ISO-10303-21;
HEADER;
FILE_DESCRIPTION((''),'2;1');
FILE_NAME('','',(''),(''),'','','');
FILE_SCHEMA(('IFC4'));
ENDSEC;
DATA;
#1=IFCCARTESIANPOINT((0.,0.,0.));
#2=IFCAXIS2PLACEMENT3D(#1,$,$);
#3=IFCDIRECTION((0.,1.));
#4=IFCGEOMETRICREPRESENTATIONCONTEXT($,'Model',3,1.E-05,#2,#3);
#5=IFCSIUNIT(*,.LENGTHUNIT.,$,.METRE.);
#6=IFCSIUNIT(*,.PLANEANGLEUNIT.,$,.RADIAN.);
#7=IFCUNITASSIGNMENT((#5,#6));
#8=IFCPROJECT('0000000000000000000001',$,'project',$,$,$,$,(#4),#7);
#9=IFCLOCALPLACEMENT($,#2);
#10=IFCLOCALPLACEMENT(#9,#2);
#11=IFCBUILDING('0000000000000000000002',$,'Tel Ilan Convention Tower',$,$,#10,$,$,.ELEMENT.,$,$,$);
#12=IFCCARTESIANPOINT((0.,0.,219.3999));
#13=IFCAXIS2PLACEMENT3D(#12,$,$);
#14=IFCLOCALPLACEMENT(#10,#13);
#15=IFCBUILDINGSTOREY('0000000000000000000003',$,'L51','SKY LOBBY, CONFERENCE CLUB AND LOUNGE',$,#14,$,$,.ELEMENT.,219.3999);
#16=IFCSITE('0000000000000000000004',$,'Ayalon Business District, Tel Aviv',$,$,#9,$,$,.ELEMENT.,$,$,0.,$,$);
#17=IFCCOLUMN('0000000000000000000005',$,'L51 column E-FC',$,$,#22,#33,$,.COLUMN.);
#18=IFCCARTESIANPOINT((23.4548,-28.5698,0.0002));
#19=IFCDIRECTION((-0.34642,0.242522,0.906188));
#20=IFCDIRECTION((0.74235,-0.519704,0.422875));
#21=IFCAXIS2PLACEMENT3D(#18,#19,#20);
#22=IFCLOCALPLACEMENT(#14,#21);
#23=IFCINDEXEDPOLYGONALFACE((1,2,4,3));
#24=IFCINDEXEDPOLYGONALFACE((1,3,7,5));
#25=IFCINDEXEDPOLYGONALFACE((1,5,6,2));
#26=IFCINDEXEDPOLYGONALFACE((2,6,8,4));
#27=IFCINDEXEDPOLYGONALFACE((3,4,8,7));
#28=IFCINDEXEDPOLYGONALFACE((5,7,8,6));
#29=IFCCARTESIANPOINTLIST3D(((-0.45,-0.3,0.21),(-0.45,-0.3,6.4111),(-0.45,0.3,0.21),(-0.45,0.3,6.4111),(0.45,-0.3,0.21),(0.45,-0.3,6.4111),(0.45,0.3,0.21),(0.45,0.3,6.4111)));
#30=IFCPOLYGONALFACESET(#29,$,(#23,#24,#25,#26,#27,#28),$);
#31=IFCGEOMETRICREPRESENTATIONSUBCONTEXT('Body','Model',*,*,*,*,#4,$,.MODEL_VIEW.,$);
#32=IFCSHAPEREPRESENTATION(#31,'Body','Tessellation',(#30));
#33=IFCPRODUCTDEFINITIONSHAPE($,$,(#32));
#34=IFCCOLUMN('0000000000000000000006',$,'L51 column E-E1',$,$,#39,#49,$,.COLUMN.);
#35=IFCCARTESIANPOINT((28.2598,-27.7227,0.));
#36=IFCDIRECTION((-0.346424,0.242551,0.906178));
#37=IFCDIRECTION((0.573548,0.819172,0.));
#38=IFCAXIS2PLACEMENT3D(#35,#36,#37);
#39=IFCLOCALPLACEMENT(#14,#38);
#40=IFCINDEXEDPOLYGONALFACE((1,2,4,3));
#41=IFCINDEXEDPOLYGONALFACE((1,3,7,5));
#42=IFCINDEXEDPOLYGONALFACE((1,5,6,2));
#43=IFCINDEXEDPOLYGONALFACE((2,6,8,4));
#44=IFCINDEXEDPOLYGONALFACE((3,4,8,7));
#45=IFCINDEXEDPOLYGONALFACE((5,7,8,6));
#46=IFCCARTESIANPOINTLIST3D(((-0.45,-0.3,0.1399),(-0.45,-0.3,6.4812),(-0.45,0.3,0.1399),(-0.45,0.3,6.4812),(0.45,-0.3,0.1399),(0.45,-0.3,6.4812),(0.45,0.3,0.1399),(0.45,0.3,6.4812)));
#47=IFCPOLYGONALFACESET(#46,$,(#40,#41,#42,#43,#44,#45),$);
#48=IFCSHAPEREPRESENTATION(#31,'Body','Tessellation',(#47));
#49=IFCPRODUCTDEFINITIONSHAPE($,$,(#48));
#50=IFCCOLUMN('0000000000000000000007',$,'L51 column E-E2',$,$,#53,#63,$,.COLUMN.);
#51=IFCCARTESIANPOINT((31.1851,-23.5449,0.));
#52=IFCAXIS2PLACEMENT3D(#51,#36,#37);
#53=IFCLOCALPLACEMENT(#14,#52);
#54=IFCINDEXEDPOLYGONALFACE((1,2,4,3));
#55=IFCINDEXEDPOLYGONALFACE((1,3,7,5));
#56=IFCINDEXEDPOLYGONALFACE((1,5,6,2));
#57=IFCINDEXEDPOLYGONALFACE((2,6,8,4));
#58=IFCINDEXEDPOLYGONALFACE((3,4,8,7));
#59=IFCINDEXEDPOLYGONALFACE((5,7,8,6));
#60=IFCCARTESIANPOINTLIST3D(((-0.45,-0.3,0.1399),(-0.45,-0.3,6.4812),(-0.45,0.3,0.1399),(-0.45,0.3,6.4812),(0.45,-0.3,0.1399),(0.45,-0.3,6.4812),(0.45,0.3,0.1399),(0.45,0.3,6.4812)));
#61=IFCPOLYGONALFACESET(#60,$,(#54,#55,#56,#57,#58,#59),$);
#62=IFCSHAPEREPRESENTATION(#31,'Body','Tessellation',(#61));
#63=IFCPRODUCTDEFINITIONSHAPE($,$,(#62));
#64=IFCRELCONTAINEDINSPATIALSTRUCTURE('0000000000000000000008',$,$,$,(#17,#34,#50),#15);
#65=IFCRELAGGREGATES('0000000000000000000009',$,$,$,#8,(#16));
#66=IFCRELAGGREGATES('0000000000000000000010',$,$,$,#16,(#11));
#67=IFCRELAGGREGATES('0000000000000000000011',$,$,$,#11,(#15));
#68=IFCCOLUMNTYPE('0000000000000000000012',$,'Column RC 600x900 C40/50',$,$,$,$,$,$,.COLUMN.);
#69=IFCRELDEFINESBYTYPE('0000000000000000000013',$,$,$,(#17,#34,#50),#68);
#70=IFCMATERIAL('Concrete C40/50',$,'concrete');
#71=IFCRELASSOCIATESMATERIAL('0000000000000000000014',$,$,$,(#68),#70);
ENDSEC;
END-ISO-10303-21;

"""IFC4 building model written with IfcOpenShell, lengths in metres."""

from ifc_helpers import new_model, si_unit, direction, frame, origin, origin_2d, place, context, subcontext, project, spatial, rectangle, extrude, clip, halfspace, material, material_profile, profile_set, type_object, element, save


model = new_model("IFC4")

# Units and contexts
model_context = context("Model", 3, precision=1e-05, world=origin(), true_north=direction((0.0, 1.0)))
body_context = subcontext(model_context, "Body", "Model", "MODEL_VIEW")
ifc_project = project(units=[si_unit("LENGTHUNIT", "METRE"), si_unit("PLANEANGLEUNIT", "RADIAN")], contexts=[model_context])

# Site, building, storey
site_placement = place(None, origin())
site = spatial("IfcSite", under=ifc_project, at=site_placement, Name="Ayalon Business District, Tel Aviv", CompositionType="ELEMENT", RefElevation=0.0)
building_placement = place(site_placement, origin())
building = spatial("IfcBuilding", under=site, at=building_placement, Name="Tel Ilan Convention Tower", CompositionType="ELEMENT")
storey_placement = place(building_placement, frame((0.0, 0.0, 219.3999)))
storey = spatial("IfcBuildingStorey", under=building, at=storey_placement, Name="L51", Description="SKY LOBBY, CONFERENCE CLUB AND LOUNGE", CompositionType="ELEMENT", Elevation=219.3999)

# Columns
ifc_material_1 = material(Name="Concrete C40/50", Category="concrete")
ifc_material_profile_1 = material_profile(ifc_material_1, rectangle(XDim=0.8999, YDim=0.6001, at=origin_2d()), Name="RC 600x900")
ifc_profile_set_1 = profile_set([ifc_material_profile_1], Name="Concrete C40/50")
column_type = type_object("IfcColumnType", Name="Column RC 600x900 C40/50", PredefinedType="COLUMN", material=ifc_profile_set_1)
column_placement = place(storey_placement, frame((23.4548, -28.5698, 0.0002), z_axis=(-0.34642, 0.242522, 0.906188), x_axis=(0.74235, -0.519704, 0.422875)))
element("IfcColumn", 1, at=column_placement, inside=storey, type_object=column_type, Name="L51 column E-FC", PredefinedType="COLUMN", context=body_context, shape_type="Clipping", body=[
    clip(clip(extrude(rectangle(XDim=0.8999, YDim=0.6001, at=origin_2d()), origin(), (0.0, 0.0, 1.0), 6.6211), halfspace(frame((0.0, 0.0, 0.21), z_axis=(0.0, 0.0, 1.0), x_axis=(1.0, 0.0, 0.0)), True)), halfspace(frame((0.0, 0.0, 6.4111), z_axis=(0.0, 0.0, 1.0), x_axis=(1.0, 0.0, 0.0)), False)),
])
for number, where, z_axis, x_axis, name in (
    (2, (28.2598, -27.7227, 0.0), (-0.346424, 0.242551, 0.906178), (0.573548, 0.819172, 0.0), "L51 column E-E1"),
    (3, (31.1851, -23.5449, 0.0), (-0.346424, 0.242551, 0.906178), (0.573548, 0.819172, 0.0), "L51 column E-E2"),
):
    element("IfcColumn", number, at=place(storey_placement, frame(where, z_axis=z_axis, x_axis=x_axis)), inside=storey, type_object=column_type, Name=name, PredefinedType="COLUMN", context=body_context, shape_type="Clipping", body=[
        clip(clip(extrude(rectangle(XDim=0.8999, YDim=0.6001, at=origin_2d()), origin(), (0.0, 0.0, 1.0), 6.6213), halfspace(frame((0.0, 0.0, 0.1399), z_axis=(0.0, 0.0, 1.0), x_axis=(1.0, 0.0, 0.0)), True)), halfspace(frame((0.0, 0.0, 6.4812), z_axis=(0.0, 0.0, 1.0), x_axis=(1.0, 0.0, 0.0)), False)),
    ])

save(model, "model.ifc")
